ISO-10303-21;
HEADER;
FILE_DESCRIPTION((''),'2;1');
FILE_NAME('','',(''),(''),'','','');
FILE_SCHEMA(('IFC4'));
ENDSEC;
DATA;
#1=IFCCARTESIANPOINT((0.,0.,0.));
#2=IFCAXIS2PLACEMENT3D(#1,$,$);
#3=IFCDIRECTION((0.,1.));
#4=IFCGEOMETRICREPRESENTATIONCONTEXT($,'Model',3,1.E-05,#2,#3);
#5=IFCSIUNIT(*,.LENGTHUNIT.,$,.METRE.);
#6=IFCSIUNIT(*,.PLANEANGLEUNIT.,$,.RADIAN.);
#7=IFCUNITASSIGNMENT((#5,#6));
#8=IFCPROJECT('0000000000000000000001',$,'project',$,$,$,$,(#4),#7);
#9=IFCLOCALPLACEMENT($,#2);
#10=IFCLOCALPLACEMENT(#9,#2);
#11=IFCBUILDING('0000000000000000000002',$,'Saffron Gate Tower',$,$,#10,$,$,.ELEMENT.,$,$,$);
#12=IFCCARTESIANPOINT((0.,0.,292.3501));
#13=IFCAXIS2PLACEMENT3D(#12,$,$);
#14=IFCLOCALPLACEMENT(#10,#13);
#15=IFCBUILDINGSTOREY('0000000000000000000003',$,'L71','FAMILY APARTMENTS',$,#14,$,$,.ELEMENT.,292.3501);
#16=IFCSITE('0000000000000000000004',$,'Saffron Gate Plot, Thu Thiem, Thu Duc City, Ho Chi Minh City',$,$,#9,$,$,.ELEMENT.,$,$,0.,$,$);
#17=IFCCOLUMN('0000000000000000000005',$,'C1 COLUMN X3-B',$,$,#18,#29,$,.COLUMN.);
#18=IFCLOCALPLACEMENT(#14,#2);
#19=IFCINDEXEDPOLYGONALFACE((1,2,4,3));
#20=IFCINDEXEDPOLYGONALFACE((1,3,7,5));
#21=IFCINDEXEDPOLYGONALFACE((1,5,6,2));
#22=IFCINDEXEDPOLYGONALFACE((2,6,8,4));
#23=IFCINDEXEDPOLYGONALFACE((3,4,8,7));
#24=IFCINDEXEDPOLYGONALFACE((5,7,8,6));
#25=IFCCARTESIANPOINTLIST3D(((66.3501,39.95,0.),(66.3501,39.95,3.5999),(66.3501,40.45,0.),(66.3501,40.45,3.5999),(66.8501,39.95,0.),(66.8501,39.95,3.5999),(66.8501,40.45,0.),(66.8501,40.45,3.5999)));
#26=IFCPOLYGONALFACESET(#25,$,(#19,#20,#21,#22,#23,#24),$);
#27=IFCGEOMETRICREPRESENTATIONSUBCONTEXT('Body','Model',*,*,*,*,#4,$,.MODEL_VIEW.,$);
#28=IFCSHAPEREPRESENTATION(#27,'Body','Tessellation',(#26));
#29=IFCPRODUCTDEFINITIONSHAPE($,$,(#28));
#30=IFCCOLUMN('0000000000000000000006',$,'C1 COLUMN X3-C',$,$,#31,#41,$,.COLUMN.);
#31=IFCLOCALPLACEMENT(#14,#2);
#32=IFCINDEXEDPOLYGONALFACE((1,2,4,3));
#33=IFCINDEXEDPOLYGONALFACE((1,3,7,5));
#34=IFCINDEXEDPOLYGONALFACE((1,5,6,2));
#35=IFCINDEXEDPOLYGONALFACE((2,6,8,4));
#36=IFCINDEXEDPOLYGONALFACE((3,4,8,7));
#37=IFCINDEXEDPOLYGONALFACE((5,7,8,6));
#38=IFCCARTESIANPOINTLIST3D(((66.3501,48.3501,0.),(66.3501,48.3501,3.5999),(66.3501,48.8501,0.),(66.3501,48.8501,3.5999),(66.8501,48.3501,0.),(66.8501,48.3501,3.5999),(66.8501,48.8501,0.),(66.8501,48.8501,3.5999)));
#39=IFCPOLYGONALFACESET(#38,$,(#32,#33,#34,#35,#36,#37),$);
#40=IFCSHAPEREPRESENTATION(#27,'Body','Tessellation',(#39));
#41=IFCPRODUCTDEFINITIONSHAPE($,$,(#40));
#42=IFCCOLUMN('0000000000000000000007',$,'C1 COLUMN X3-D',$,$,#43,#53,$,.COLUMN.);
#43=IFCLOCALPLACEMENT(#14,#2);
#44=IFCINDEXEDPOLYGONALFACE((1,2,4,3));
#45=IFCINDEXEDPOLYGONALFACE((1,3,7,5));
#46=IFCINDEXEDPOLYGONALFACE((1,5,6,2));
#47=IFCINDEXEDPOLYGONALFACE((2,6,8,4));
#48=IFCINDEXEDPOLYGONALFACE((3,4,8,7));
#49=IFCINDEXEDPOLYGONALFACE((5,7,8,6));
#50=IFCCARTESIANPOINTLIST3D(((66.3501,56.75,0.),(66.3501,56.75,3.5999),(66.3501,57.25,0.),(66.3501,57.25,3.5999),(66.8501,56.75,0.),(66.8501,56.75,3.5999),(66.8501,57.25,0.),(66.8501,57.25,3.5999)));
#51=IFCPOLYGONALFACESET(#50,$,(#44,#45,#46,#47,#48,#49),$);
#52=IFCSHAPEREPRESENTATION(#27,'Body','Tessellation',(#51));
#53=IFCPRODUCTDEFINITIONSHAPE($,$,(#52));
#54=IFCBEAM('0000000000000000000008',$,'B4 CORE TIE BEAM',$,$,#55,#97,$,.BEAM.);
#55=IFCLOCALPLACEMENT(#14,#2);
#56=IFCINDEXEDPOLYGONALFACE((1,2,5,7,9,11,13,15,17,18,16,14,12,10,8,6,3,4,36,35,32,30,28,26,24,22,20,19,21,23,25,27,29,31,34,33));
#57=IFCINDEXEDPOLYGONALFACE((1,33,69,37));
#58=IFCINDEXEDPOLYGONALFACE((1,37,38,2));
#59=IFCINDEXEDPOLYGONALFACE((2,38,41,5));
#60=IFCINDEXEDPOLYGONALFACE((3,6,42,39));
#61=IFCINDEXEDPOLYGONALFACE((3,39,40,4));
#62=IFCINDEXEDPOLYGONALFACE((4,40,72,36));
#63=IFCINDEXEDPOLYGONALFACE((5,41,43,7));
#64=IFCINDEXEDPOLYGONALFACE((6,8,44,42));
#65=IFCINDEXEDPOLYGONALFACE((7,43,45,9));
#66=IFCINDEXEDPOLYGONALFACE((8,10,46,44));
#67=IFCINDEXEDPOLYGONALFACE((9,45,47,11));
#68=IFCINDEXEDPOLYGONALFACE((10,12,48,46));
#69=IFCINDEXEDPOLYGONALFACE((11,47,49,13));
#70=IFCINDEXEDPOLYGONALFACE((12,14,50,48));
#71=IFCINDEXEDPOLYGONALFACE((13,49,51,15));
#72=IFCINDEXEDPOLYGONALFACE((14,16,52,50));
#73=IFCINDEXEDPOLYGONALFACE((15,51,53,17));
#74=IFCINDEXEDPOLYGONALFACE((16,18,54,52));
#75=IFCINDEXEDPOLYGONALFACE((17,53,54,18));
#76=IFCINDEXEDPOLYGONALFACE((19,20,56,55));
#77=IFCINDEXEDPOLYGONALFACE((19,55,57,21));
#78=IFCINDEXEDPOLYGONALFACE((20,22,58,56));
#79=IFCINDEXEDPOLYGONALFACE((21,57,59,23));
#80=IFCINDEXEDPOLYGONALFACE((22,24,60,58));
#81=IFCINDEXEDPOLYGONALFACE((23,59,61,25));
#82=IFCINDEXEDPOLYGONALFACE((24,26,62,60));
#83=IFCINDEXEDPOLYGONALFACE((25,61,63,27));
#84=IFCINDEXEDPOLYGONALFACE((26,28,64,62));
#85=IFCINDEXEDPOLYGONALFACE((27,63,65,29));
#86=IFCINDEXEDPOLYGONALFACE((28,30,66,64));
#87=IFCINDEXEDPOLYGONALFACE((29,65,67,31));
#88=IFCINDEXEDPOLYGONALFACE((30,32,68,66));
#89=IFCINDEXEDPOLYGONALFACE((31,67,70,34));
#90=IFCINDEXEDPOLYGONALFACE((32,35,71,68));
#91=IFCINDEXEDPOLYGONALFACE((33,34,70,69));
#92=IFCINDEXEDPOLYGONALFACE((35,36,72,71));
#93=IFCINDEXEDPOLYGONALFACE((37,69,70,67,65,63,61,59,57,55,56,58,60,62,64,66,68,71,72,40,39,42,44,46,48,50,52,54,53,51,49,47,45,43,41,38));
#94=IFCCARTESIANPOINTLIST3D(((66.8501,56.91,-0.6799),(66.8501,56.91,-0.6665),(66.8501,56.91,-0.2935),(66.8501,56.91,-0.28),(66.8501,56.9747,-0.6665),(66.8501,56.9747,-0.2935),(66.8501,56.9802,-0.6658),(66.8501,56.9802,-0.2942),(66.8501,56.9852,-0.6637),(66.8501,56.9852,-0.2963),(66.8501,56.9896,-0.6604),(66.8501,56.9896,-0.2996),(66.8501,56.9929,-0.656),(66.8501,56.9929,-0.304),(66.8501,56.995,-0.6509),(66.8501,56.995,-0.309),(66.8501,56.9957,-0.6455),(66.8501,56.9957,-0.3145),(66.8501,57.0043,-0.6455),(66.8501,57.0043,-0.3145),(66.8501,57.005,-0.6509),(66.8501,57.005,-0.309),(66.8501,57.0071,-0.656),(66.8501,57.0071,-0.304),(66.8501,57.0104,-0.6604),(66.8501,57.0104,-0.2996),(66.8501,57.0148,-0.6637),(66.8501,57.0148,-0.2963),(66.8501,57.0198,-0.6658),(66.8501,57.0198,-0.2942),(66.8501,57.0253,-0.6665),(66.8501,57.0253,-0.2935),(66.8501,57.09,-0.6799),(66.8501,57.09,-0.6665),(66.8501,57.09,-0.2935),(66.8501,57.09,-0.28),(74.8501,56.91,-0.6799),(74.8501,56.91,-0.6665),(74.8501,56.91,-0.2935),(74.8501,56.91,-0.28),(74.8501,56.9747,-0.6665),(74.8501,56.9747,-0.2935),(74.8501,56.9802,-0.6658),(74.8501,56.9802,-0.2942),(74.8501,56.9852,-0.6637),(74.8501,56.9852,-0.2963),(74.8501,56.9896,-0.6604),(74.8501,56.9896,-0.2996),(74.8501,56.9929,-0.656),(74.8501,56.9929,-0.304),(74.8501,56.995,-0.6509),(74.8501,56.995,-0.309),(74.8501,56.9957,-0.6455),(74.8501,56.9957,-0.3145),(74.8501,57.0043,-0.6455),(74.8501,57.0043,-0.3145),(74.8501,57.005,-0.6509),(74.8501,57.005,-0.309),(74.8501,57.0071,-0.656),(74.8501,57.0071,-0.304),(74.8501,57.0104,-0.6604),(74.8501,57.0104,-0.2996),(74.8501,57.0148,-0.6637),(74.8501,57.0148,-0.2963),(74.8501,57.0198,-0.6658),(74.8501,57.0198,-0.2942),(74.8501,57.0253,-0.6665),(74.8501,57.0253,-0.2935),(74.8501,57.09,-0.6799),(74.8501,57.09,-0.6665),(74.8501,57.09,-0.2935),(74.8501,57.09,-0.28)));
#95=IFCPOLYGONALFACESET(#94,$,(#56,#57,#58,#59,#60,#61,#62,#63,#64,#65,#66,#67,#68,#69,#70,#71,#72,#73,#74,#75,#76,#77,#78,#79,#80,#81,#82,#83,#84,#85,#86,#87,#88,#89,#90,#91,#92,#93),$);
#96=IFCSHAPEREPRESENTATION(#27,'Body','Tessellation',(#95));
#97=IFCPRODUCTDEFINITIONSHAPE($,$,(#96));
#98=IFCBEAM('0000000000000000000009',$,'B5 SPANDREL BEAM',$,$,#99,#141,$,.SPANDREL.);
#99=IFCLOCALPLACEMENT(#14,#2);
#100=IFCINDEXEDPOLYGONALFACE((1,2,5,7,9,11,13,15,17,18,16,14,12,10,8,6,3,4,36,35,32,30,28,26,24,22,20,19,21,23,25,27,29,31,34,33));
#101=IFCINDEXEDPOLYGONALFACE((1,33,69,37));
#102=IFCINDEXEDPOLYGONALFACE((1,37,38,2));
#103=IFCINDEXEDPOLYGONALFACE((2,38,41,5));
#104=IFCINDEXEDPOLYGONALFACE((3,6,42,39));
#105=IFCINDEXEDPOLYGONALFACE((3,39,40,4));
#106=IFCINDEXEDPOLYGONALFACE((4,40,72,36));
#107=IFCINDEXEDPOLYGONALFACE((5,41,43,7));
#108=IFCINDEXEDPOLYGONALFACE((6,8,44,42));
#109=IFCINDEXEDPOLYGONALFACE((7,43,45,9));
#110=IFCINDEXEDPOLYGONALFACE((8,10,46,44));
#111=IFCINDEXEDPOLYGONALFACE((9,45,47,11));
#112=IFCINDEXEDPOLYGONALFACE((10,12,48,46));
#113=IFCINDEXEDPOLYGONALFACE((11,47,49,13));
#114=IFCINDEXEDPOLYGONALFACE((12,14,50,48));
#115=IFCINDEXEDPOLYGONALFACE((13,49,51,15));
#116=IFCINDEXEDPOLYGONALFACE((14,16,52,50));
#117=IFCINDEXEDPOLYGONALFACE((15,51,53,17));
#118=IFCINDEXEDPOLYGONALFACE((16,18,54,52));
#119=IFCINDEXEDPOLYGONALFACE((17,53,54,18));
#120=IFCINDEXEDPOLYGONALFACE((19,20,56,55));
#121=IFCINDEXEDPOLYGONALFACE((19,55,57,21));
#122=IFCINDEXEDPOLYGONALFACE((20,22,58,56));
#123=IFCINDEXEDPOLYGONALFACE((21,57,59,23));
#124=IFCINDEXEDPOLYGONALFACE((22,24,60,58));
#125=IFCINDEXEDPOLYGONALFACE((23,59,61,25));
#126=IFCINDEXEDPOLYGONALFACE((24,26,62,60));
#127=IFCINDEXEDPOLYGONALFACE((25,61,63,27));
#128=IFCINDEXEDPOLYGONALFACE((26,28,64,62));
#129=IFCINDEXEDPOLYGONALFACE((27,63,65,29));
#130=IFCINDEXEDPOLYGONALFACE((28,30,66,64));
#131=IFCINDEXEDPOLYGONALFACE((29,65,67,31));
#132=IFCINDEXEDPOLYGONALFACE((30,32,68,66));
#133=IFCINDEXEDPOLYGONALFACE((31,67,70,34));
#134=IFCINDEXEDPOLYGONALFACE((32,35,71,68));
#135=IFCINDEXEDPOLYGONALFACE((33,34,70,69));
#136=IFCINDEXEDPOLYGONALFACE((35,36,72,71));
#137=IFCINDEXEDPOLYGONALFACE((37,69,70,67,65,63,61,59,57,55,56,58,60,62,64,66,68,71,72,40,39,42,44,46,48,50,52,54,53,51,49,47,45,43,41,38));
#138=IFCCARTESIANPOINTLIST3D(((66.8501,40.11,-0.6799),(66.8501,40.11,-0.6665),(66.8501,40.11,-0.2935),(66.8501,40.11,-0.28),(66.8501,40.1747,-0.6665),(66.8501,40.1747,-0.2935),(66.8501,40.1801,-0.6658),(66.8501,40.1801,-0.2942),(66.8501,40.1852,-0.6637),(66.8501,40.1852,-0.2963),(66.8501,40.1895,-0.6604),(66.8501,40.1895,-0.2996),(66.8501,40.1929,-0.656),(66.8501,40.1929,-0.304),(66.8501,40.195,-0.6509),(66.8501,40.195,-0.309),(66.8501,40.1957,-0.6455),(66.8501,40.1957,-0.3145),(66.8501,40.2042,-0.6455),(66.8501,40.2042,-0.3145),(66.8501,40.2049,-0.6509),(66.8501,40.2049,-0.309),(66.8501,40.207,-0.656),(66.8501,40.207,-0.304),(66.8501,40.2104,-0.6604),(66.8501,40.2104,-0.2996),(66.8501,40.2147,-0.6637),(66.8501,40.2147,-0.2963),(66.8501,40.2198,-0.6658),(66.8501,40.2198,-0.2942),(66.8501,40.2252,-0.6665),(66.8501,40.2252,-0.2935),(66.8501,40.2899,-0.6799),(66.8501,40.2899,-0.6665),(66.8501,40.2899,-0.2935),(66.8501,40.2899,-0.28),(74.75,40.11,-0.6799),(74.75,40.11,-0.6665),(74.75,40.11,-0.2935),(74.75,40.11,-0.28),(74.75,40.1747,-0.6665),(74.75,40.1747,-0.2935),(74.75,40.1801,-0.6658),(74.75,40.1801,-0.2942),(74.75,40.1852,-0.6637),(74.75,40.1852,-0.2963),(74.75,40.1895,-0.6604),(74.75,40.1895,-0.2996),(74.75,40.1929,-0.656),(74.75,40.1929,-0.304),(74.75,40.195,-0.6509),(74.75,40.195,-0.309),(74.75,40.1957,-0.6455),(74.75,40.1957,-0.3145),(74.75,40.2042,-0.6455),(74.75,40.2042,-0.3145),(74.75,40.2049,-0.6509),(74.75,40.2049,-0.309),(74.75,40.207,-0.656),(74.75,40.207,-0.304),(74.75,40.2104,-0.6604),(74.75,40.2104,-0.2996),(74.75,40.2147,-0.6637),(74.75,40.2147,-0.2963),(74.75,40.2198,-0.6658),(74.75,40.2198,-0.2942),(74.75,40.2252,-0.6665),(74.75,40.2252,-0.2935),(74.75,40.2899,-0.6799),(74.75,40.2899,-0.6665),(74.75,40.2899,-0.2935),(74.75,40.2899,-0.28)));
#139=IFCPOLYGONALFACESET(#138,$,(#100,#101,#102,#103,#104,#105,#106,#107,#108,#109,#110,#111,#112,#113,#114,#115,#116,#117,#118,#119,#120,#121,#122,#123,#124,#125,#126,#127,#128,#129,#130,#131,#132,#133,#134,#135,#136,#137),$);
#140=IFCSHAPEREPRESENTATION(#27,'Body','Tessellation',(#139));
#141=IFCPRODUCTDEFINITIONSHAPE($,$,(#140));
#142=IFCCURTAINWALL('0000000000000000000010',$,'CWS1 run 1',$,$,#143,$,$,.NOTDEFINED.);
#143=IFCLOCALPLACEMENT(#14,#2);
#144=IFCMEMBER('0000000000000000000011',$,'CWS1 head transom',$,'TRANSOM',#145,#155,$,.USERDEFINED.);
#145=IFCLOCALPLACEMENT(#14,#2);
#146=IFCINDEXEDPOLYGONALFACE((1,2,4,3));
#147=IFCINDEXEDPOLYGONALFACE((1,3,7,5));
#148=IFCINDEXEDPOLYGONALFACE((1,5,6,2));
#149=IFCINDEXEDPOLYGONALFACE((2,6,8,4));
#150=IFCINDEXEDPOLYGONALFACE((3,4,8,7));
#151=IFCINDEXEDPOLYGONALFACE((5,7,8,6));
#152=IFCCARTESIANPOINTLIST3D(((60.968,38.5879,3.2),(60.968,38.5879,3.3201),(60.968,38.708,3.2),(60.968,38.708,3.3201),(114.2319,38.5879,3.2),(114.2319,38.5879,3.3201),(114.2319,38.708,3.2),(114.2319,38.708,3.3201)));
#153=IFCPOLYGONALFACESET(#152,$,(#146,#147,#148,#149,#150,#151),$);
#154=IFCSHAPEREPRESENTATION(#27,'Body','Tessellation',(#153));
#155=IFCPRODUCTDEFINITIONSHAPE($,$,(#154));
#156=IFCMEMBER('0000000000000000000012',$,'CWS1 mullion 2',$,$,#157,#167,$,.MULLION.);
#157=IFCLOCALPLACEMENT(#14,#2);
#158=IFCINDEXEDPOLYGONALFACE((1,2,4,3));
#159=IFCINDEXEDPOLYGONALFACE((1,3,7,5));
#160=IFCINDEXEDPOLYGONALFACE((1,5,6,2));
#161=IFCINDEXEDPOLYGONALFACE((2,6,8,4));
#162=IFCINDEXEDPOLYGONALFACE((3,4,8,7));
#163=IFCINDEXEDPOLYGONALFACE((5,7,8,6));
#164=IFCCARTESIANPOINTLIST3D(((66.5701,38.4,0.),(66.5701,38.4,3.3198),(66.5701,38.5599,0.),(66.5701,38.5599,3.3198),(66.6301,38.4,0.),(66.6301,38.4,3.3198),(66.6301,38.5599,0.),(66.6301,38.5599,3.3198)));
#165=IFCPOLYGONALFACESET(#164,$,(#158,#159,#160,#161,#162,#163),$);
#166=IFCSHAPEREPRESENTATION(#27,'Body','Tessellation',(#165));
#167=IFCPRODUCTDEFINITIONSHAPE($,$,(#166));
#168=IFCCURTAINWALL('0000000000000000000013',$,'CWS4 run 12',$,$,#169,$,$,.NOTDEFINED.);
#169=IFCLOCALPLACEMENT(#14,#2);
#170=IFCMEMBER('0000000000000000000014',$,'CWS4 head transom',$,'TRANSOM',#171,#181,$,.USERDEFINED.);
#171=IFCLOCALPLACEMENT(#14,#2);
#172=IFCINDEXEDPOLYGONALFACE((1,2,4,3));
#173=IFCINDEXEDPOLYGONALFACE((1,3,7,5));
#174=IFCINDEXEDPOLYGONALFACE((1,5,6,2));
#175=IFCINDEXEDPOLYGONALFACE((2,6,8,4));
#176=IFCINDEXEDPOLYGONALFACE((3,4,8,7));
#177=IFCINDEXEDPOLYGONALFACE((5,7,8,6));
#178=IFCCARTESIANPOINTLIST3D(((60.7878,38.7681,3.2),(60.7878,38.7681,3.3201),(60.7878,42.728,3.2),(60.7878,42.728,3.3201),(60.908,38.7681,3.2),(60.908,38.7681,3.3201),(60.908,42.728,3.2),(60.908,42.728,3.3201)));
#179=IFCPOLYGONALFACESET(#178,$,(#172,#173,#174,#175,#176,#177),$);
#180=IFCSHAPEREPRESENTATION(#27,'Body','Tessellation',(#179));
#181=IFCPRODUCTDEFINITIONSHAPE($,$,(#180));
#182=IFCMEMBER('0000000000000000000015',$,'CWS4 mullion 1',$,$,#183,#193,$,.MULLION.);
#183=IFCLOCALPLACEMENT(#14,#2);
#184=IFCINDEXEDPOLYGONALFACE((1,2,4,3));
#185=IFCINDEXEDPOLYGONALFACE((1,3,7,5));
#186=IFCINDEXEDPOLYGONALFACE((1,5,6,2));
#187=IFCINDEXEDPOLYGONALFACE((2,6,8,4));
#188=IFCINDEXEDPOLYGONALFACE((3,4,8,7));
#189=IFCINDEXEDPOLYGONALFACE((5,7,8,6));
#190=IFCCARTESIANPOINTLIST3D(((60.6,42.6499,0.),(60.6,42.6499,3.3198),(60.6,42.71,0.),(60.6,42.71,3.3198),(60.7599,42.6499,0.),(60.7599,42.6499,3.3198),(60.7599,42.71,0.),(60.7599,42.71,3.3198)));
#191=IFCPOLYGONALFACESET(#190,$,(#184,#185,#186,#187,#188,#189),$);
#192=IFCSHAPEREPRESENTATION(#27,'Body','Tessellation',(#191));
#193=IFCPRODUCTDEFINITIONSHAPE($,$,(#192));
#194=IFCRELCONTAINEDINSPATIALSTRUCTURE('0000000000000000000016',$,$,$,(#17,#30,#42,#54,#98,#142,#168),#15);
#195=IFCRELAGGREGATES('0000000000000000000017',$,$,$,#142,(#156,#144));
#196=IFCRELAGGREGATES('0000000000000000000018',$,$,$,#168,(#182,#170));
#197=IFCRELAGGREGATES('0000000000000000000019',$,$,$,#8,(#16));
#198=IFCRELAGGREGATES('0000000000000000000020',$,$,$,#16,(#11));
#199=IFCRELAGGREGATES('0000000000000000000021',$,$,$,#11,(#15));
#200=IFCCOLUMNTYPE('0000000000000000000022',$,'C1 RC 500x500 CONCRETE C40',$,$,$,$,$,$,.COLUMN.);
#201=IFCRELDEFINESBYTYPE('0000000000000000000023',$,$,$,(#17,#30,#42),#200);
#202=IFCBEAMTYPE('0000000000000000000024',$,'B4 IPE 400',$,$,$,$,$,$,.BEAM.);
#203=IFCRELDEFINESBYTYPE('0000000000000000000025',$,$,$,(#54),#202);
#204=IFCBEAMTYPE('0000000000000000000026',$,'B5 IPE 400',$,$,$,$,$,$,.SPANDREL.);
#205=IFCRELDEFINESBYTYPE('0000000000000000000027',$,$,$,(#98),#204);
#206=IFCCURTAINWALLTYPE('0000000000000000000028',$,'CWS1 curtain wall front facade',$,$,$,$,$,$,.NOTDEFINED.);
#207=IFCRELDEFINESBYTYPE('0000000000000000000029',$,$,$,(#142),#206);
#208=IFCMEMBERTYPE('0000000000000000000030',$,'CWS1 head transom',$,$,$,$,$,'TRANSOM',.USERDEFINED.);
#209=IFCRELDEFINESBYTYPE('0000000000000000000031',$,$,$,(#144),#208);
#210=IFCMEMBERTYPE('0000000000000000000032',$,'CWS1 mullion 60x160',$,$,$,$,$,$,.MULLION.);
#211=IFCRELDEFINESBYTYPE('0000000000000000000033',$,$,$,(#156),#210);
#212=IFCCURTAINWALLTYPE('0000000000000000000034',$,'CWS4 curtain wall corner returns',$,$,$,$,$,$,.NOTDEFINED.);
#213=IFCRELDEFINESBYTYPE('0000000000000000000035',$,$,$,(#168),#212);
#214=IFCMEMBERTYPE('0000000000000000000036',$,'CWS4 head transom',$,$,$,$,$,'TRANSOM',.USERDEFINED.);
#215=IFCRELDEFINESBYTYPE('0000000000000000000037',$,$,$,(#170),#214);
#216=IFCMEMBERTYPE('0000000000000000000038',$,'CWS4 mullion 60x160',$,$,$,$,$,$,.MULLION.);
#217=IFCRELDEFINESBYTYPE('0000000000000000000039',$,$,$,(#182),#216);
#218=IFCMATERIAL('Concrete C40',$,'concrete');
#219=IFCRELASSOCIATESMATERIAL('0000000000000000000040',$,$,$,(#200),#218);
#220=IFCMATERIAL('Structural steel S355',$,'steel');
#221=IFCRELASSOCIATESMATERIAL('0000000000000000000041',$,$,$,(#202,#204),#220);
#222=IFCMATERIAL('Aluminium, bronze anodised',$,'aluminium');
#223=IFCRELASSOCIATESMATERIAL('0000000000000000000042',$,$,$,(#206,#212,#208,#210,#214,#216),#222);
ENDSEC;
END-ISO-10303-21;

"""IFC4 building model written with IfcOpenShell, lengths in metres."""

from ifc_helpers import new_model, si_unit, direction, frame, origin, origin_2d, place, context, subcontext, project, spatial, rectangle, i_section, extrude, material, material_profile, profile_set, type_object, element, aggregate, save


model = new_model("IFC4")

# Units and contexts
model_context = context("Model", 3, precision=1e-05, world=origin(), true_north=direction((0.0, 1.0)))
body_context = subcontext(model_context, "Body", "Model", "MODEL_VIEW")
ifc_project = project(units=[si_unit("LENGTHUNIT", "METRE"), si_unit("PLANEANGLEUNIT", "RADIAN")], contexts=[model_context])

# Site, building, storey
site_placement = place(None, origin())
site = spatial("IfcSite", under=ifc_project, at=site_placement, Name="Saffron Gate Plot, Thu Thiem, Thu Duc City, Ho Chi Minh City", CompositionType="ELEMENT", RefElevation=0.0)
building_placement = place(site_placement, origin())
building = spatial("IfcBuilding", under=site, at=building_placement, Name="Saffron Gate Tower", CompositionType="ELEMENT")
storey_placement = place(building_placement, frame((0.0, 0.0, 292.3501)))
storey = spatial("IfcBuildingStorey", under=building, at=storey_placement, Name="L71", Description="FAMILY APARTMENTS", CompositionType="ELEMENT", Elevation=292.3501)

# Columns
ifc_material_1 = material(Name="Concrete C40", Category="concrete")
ifc_material_profile_1 = material_profile(ifc_material_1, rectangle(XDim=0.5, YDim=0.5, at=origin_2d()))
ifc_profile_set_1 = profile_set([ifc_material_profile_1], Name="Concrete C40")
column_type = type_object("IfcColumnType", Name="C1 RC 500x500 CONCRETE C40", PredefinedType="COLUMN", material=ifc_profile_set_1)
for number, where, z_axis, x_axis, name in (
    (1, (66.6001, 40.2, 0.0), (0.0, 0.0, 1.0), (1.0, 0.0, 0.0), "C1 COLUMN X3-B"),
    (2, (66.6001, 48.6001, 0.0), (0.0, 0.0, 1.0), (1.0, 0.0, 0.0), "C1 COLUMN X3-C"),
    (3, (66.6001, 57.0, 0.0), (0.0, 0.0, 1.0), (1.0, 0.0, 0.0), "C1 COLUMN X3-D"),
):
    element("IfcColumn", number, at=place(storey_placement, frame(where, z_axis=z_axis, x_axis=x_axis)), inside=storey, type_object=column_type, Name=name, PredefinedType="COLUMN", context=body_context, shape_type="SweptSolid", body=[
        extrude(rectangle(XDim=0.5, YDim=0.5, at=origin_2d()), origin(), (0.0, 0.0, 1.0), 3.5999),
    ])

# Beams
ifc_material_2 = material(Name="Structural steel S355", Category="steel")
ifc_material_profile_2 = material_profile(ifc_material_2, i_section(OverallWidth=0.1799, OverallDepth=0.3999, WebThickness=0.0085, FlangeThickness=0.0134, FilletRadius=0.021, at=origin_2d()))
ifc_profile_set_2 = profile_set([ifc_material_profile_2], Name="Structural steel S355")
beam_type_1 = type_object("IfcBeamType", Name="B4 IPE 400", PredefinedType="BEAM", material=ifc_profile_set_2)
beam_1_placement = place(storey_placement, frame((66.8501, 57.0, -0.48), z_axis=(1.0, 0.0, 0.0), x_axis=(0.0, 1.0, 0.0)))
element("IfcBeam", 4, at=beam_1_placement, inside=storey, type_object=beam_type_1, Name="B4 CORE TIE BEAM", PredefinedType="BEAM", context=body_context, shape_type="SweptSolid", body=[
    extrude(i_section(OverallWidth=0.1799, OverallDepth=0.3999, WebThickness=0.0085, FlangeThickness=0.0134, FilletRadius=0.021, at=origin_2d()), origin(), (0.0, 0.0, 1.0), 8.0),
])
ifc_material_profile_3 = material_profile(ifc_material_2, i_section(OverallWidth=0.1799, OverallDepth=0.3999, WebThickness=0.0085, FlangeThickness=0.0134, FilletRadius=0.021, at=origin_2d()))
ifc_profile_set_3 = profile_set([ifc_material_profile_3], Name="Structural steel S355")
beam_type_2 = type_object("IfcBeamType", Name="B5 IPE 400", PredefinedType="SPANDREL", material=ifc_profile_set_3)
beam_2_placement = place(storey_placement, frame((66.8501, 40.2, -0.48), z_axis=(1.0, 0.0, 0.0), x_axis=(0.0, 1.0, 0.0)))
element("IfcBeam", 5, at=beam_2_placement, inside=storey, type_object=beam_type_2, Name="B5 SPANDREL BEAM", PredefinedType="SPANDREL", context=body_context, shape_type="SweptSolid", body=[
    extrude(i_section(OverallWidth=0.1799, OverallDepth=0.3999, WebThickness=0.0085, FlangeThickness=0.0134, FilletRadius=0.021, at=origin_2d()), origin(), (0.0, 0.0, 1.0), 7.8999),
])

# Curtain walls, members
ifc_material_3 = material(Name="Aluminium, bronze anodised", Category="aluminium")
curtain_wall_type_1 = type_object("IfcCurtainWallType", Name="CWS1 curtain wall front facade", PredefinedType="NOTDEFINED", material=ifc_material_3)
curtain_wall_1_placement = place(storey_placement, origin())
curtain_wall_1 = element("IfcCurtainWall", 6, at=curtain_wall_1_placement, inside=storey, type_object=curtain_wall_type_1, Name="CWS1 run 1", PredefinedType="NOTDEFINED")
ifc_material_profile_4 = material_profile(ifc_material_3, rectangle(XDim=0.1201, YDim=0.1201, at=origin_2d()))
ifc_profile_set_4 = profile_set([ifc_material_profile_4], Name="Aluminium, bronze anodised")
member_type_1 = type_object("IfcMemberType", Name="CWS1 head transom", ElementType="TRANSOM", PredefinedType="USERDEFINED", material=ifc_profile_set_4)
member_1_placement = place(storey_placement, frame((60.968, 38.6479, 3.26), z_axis=(1.0, 0.0, 0.0), x_axis=(0.0, 1.0, 0.0)))
member_1 = element("IfcMember", 7, at=member_1_placement, type_object=member_type_1, Name="CWS1 head transom", ObjectType="TRANSOM", PredefinedType="USERDEFINED", context=body_context, shape_type="SweptSolid", body=[
    extrude(rectangle(XDim=0.1201, YDim=0.1201, at=origin_2d()), origin(), (0.0, 0.0, 1.0), 53.2639),
])
ifc_material_profile_5 = material_profile(ifc_material_3, rectangle(XDim=0.1599, YDim=0.0601, at=origin_2d()))
ifc_profile_set_5 = profile_set([ifc_material_profile_5], Name="Aluminium, bronze anodised")
member_type_2 = type_object("IfcMemberType", Name="CWS1 mullion 60x160", PredefinedType="MULLION", material=ifc_profile_set_5)
member_2_placement = place(storey_placement, frame((66.6001, 38.48, 0.0), z_axis=(0.0, 0.0, 1.0), x_axis=(0.0, 1.0, 0.0)))
member_2 = element("IfcMember", 8, at=member_2_placement, type_object=member_type_2, Name="CWS1 mullion 2", PredefinedType="MULLION", context=body_context, shape_type="SweptSolid", body=[
    extrude(rectangle(XDim=0.1599, YDim=0.0601, at=origin_2d()), origin(), (0.0, 0.0, 1.0), 3.3198),
])
curtain_wall_type_2 = type_object("IfcCurtainWallType", Name="CWS4 curtain wall corner returns", PredefinedType="NOTDEFINED", material=ifc_material_3)
curtain_wall_2_placement = place(storey_placement, origin())
curtain_wall_2 = element("IfcCurtainWall", 9, at=curtain_wall_2_placement, inside=storey, type_object=curtain_wall_type_2, Name="CWS4 run 12", PredefinedType="NOTDEFINED")
ifc_material_profile_6 = material_profile(ifc_material_3, rectangle(XDim=0.1201, YDim=0.1201, at=origin_2d()))
ifc_profile_set_6 = profile_set([ifc_material_profile_6], Name="Aluminium, bronze anodised")
member_type_3 = type_object("IfcMemberType", Name="CWS4 head transom", ElementType="TRANSOM", PredefinedType="USERDEFINED", material=ifc_profile_set_6)
member_3_placement = place(storey_placement, frame((60.8479, 42.728, 3.26), z_axis=(0.0, -1.0, 0.0), x_axis=(1.0, 0.0, 0.0)))
member_3 = element("IfcMember", 10, at=member_3_placement, type_object=member_type_3, Name="CWS4 head transom", ObjectType="TRANSOM", PredefinedType="USERDEFINED", context=body_context, shape_type="SweptSolid", body=[
    extrude(rectangle(XDim=0.1201, YDim=0.1201, at=origin_2d()), origin(), (0.0, 0.0, 1.0), 3.96),
])
ifc_material_profile_7 = material_profile(ifc_material_3, rectangle(XDim=0.1599, YDim=0.0601, at=origin_2d()))
ifc_profile_set_7 = profile_set([ifc_material_profile_7], Name="Aluminium, bronze anodised")
member_type_4 = type_object("IfcMemberType", Name="CWS4 mullion 60x160", PredefinedType="MULLION", material=ifc_profile_set_7)
member_4_placement = place(storey_placement, frame((60.6799, 42.6799, 0.0), z_axis=(0.0, 0.0, 1.0), x_axis=(1.0, 0.0, 0.0)))
member_4 = element("IfcMember", 11, at=member_4_placement, type_object=member_type_4, Name="CWS4 mullion 1", PredefinedType="MULLION", context=body_context, shape_type="SweptSolid", body=[
    extrude(rectangle(XDim=0.1599, YDim=0.0601, at=origin_2d()), origin(), (0.0, 0.0, 1.0), 3.3198),
])

aggregate(curtain_wall_1, [member_2, member_1])

aggregate(curtain_wall_2, [member_4, member_3])

save(model, "model.ifc")
